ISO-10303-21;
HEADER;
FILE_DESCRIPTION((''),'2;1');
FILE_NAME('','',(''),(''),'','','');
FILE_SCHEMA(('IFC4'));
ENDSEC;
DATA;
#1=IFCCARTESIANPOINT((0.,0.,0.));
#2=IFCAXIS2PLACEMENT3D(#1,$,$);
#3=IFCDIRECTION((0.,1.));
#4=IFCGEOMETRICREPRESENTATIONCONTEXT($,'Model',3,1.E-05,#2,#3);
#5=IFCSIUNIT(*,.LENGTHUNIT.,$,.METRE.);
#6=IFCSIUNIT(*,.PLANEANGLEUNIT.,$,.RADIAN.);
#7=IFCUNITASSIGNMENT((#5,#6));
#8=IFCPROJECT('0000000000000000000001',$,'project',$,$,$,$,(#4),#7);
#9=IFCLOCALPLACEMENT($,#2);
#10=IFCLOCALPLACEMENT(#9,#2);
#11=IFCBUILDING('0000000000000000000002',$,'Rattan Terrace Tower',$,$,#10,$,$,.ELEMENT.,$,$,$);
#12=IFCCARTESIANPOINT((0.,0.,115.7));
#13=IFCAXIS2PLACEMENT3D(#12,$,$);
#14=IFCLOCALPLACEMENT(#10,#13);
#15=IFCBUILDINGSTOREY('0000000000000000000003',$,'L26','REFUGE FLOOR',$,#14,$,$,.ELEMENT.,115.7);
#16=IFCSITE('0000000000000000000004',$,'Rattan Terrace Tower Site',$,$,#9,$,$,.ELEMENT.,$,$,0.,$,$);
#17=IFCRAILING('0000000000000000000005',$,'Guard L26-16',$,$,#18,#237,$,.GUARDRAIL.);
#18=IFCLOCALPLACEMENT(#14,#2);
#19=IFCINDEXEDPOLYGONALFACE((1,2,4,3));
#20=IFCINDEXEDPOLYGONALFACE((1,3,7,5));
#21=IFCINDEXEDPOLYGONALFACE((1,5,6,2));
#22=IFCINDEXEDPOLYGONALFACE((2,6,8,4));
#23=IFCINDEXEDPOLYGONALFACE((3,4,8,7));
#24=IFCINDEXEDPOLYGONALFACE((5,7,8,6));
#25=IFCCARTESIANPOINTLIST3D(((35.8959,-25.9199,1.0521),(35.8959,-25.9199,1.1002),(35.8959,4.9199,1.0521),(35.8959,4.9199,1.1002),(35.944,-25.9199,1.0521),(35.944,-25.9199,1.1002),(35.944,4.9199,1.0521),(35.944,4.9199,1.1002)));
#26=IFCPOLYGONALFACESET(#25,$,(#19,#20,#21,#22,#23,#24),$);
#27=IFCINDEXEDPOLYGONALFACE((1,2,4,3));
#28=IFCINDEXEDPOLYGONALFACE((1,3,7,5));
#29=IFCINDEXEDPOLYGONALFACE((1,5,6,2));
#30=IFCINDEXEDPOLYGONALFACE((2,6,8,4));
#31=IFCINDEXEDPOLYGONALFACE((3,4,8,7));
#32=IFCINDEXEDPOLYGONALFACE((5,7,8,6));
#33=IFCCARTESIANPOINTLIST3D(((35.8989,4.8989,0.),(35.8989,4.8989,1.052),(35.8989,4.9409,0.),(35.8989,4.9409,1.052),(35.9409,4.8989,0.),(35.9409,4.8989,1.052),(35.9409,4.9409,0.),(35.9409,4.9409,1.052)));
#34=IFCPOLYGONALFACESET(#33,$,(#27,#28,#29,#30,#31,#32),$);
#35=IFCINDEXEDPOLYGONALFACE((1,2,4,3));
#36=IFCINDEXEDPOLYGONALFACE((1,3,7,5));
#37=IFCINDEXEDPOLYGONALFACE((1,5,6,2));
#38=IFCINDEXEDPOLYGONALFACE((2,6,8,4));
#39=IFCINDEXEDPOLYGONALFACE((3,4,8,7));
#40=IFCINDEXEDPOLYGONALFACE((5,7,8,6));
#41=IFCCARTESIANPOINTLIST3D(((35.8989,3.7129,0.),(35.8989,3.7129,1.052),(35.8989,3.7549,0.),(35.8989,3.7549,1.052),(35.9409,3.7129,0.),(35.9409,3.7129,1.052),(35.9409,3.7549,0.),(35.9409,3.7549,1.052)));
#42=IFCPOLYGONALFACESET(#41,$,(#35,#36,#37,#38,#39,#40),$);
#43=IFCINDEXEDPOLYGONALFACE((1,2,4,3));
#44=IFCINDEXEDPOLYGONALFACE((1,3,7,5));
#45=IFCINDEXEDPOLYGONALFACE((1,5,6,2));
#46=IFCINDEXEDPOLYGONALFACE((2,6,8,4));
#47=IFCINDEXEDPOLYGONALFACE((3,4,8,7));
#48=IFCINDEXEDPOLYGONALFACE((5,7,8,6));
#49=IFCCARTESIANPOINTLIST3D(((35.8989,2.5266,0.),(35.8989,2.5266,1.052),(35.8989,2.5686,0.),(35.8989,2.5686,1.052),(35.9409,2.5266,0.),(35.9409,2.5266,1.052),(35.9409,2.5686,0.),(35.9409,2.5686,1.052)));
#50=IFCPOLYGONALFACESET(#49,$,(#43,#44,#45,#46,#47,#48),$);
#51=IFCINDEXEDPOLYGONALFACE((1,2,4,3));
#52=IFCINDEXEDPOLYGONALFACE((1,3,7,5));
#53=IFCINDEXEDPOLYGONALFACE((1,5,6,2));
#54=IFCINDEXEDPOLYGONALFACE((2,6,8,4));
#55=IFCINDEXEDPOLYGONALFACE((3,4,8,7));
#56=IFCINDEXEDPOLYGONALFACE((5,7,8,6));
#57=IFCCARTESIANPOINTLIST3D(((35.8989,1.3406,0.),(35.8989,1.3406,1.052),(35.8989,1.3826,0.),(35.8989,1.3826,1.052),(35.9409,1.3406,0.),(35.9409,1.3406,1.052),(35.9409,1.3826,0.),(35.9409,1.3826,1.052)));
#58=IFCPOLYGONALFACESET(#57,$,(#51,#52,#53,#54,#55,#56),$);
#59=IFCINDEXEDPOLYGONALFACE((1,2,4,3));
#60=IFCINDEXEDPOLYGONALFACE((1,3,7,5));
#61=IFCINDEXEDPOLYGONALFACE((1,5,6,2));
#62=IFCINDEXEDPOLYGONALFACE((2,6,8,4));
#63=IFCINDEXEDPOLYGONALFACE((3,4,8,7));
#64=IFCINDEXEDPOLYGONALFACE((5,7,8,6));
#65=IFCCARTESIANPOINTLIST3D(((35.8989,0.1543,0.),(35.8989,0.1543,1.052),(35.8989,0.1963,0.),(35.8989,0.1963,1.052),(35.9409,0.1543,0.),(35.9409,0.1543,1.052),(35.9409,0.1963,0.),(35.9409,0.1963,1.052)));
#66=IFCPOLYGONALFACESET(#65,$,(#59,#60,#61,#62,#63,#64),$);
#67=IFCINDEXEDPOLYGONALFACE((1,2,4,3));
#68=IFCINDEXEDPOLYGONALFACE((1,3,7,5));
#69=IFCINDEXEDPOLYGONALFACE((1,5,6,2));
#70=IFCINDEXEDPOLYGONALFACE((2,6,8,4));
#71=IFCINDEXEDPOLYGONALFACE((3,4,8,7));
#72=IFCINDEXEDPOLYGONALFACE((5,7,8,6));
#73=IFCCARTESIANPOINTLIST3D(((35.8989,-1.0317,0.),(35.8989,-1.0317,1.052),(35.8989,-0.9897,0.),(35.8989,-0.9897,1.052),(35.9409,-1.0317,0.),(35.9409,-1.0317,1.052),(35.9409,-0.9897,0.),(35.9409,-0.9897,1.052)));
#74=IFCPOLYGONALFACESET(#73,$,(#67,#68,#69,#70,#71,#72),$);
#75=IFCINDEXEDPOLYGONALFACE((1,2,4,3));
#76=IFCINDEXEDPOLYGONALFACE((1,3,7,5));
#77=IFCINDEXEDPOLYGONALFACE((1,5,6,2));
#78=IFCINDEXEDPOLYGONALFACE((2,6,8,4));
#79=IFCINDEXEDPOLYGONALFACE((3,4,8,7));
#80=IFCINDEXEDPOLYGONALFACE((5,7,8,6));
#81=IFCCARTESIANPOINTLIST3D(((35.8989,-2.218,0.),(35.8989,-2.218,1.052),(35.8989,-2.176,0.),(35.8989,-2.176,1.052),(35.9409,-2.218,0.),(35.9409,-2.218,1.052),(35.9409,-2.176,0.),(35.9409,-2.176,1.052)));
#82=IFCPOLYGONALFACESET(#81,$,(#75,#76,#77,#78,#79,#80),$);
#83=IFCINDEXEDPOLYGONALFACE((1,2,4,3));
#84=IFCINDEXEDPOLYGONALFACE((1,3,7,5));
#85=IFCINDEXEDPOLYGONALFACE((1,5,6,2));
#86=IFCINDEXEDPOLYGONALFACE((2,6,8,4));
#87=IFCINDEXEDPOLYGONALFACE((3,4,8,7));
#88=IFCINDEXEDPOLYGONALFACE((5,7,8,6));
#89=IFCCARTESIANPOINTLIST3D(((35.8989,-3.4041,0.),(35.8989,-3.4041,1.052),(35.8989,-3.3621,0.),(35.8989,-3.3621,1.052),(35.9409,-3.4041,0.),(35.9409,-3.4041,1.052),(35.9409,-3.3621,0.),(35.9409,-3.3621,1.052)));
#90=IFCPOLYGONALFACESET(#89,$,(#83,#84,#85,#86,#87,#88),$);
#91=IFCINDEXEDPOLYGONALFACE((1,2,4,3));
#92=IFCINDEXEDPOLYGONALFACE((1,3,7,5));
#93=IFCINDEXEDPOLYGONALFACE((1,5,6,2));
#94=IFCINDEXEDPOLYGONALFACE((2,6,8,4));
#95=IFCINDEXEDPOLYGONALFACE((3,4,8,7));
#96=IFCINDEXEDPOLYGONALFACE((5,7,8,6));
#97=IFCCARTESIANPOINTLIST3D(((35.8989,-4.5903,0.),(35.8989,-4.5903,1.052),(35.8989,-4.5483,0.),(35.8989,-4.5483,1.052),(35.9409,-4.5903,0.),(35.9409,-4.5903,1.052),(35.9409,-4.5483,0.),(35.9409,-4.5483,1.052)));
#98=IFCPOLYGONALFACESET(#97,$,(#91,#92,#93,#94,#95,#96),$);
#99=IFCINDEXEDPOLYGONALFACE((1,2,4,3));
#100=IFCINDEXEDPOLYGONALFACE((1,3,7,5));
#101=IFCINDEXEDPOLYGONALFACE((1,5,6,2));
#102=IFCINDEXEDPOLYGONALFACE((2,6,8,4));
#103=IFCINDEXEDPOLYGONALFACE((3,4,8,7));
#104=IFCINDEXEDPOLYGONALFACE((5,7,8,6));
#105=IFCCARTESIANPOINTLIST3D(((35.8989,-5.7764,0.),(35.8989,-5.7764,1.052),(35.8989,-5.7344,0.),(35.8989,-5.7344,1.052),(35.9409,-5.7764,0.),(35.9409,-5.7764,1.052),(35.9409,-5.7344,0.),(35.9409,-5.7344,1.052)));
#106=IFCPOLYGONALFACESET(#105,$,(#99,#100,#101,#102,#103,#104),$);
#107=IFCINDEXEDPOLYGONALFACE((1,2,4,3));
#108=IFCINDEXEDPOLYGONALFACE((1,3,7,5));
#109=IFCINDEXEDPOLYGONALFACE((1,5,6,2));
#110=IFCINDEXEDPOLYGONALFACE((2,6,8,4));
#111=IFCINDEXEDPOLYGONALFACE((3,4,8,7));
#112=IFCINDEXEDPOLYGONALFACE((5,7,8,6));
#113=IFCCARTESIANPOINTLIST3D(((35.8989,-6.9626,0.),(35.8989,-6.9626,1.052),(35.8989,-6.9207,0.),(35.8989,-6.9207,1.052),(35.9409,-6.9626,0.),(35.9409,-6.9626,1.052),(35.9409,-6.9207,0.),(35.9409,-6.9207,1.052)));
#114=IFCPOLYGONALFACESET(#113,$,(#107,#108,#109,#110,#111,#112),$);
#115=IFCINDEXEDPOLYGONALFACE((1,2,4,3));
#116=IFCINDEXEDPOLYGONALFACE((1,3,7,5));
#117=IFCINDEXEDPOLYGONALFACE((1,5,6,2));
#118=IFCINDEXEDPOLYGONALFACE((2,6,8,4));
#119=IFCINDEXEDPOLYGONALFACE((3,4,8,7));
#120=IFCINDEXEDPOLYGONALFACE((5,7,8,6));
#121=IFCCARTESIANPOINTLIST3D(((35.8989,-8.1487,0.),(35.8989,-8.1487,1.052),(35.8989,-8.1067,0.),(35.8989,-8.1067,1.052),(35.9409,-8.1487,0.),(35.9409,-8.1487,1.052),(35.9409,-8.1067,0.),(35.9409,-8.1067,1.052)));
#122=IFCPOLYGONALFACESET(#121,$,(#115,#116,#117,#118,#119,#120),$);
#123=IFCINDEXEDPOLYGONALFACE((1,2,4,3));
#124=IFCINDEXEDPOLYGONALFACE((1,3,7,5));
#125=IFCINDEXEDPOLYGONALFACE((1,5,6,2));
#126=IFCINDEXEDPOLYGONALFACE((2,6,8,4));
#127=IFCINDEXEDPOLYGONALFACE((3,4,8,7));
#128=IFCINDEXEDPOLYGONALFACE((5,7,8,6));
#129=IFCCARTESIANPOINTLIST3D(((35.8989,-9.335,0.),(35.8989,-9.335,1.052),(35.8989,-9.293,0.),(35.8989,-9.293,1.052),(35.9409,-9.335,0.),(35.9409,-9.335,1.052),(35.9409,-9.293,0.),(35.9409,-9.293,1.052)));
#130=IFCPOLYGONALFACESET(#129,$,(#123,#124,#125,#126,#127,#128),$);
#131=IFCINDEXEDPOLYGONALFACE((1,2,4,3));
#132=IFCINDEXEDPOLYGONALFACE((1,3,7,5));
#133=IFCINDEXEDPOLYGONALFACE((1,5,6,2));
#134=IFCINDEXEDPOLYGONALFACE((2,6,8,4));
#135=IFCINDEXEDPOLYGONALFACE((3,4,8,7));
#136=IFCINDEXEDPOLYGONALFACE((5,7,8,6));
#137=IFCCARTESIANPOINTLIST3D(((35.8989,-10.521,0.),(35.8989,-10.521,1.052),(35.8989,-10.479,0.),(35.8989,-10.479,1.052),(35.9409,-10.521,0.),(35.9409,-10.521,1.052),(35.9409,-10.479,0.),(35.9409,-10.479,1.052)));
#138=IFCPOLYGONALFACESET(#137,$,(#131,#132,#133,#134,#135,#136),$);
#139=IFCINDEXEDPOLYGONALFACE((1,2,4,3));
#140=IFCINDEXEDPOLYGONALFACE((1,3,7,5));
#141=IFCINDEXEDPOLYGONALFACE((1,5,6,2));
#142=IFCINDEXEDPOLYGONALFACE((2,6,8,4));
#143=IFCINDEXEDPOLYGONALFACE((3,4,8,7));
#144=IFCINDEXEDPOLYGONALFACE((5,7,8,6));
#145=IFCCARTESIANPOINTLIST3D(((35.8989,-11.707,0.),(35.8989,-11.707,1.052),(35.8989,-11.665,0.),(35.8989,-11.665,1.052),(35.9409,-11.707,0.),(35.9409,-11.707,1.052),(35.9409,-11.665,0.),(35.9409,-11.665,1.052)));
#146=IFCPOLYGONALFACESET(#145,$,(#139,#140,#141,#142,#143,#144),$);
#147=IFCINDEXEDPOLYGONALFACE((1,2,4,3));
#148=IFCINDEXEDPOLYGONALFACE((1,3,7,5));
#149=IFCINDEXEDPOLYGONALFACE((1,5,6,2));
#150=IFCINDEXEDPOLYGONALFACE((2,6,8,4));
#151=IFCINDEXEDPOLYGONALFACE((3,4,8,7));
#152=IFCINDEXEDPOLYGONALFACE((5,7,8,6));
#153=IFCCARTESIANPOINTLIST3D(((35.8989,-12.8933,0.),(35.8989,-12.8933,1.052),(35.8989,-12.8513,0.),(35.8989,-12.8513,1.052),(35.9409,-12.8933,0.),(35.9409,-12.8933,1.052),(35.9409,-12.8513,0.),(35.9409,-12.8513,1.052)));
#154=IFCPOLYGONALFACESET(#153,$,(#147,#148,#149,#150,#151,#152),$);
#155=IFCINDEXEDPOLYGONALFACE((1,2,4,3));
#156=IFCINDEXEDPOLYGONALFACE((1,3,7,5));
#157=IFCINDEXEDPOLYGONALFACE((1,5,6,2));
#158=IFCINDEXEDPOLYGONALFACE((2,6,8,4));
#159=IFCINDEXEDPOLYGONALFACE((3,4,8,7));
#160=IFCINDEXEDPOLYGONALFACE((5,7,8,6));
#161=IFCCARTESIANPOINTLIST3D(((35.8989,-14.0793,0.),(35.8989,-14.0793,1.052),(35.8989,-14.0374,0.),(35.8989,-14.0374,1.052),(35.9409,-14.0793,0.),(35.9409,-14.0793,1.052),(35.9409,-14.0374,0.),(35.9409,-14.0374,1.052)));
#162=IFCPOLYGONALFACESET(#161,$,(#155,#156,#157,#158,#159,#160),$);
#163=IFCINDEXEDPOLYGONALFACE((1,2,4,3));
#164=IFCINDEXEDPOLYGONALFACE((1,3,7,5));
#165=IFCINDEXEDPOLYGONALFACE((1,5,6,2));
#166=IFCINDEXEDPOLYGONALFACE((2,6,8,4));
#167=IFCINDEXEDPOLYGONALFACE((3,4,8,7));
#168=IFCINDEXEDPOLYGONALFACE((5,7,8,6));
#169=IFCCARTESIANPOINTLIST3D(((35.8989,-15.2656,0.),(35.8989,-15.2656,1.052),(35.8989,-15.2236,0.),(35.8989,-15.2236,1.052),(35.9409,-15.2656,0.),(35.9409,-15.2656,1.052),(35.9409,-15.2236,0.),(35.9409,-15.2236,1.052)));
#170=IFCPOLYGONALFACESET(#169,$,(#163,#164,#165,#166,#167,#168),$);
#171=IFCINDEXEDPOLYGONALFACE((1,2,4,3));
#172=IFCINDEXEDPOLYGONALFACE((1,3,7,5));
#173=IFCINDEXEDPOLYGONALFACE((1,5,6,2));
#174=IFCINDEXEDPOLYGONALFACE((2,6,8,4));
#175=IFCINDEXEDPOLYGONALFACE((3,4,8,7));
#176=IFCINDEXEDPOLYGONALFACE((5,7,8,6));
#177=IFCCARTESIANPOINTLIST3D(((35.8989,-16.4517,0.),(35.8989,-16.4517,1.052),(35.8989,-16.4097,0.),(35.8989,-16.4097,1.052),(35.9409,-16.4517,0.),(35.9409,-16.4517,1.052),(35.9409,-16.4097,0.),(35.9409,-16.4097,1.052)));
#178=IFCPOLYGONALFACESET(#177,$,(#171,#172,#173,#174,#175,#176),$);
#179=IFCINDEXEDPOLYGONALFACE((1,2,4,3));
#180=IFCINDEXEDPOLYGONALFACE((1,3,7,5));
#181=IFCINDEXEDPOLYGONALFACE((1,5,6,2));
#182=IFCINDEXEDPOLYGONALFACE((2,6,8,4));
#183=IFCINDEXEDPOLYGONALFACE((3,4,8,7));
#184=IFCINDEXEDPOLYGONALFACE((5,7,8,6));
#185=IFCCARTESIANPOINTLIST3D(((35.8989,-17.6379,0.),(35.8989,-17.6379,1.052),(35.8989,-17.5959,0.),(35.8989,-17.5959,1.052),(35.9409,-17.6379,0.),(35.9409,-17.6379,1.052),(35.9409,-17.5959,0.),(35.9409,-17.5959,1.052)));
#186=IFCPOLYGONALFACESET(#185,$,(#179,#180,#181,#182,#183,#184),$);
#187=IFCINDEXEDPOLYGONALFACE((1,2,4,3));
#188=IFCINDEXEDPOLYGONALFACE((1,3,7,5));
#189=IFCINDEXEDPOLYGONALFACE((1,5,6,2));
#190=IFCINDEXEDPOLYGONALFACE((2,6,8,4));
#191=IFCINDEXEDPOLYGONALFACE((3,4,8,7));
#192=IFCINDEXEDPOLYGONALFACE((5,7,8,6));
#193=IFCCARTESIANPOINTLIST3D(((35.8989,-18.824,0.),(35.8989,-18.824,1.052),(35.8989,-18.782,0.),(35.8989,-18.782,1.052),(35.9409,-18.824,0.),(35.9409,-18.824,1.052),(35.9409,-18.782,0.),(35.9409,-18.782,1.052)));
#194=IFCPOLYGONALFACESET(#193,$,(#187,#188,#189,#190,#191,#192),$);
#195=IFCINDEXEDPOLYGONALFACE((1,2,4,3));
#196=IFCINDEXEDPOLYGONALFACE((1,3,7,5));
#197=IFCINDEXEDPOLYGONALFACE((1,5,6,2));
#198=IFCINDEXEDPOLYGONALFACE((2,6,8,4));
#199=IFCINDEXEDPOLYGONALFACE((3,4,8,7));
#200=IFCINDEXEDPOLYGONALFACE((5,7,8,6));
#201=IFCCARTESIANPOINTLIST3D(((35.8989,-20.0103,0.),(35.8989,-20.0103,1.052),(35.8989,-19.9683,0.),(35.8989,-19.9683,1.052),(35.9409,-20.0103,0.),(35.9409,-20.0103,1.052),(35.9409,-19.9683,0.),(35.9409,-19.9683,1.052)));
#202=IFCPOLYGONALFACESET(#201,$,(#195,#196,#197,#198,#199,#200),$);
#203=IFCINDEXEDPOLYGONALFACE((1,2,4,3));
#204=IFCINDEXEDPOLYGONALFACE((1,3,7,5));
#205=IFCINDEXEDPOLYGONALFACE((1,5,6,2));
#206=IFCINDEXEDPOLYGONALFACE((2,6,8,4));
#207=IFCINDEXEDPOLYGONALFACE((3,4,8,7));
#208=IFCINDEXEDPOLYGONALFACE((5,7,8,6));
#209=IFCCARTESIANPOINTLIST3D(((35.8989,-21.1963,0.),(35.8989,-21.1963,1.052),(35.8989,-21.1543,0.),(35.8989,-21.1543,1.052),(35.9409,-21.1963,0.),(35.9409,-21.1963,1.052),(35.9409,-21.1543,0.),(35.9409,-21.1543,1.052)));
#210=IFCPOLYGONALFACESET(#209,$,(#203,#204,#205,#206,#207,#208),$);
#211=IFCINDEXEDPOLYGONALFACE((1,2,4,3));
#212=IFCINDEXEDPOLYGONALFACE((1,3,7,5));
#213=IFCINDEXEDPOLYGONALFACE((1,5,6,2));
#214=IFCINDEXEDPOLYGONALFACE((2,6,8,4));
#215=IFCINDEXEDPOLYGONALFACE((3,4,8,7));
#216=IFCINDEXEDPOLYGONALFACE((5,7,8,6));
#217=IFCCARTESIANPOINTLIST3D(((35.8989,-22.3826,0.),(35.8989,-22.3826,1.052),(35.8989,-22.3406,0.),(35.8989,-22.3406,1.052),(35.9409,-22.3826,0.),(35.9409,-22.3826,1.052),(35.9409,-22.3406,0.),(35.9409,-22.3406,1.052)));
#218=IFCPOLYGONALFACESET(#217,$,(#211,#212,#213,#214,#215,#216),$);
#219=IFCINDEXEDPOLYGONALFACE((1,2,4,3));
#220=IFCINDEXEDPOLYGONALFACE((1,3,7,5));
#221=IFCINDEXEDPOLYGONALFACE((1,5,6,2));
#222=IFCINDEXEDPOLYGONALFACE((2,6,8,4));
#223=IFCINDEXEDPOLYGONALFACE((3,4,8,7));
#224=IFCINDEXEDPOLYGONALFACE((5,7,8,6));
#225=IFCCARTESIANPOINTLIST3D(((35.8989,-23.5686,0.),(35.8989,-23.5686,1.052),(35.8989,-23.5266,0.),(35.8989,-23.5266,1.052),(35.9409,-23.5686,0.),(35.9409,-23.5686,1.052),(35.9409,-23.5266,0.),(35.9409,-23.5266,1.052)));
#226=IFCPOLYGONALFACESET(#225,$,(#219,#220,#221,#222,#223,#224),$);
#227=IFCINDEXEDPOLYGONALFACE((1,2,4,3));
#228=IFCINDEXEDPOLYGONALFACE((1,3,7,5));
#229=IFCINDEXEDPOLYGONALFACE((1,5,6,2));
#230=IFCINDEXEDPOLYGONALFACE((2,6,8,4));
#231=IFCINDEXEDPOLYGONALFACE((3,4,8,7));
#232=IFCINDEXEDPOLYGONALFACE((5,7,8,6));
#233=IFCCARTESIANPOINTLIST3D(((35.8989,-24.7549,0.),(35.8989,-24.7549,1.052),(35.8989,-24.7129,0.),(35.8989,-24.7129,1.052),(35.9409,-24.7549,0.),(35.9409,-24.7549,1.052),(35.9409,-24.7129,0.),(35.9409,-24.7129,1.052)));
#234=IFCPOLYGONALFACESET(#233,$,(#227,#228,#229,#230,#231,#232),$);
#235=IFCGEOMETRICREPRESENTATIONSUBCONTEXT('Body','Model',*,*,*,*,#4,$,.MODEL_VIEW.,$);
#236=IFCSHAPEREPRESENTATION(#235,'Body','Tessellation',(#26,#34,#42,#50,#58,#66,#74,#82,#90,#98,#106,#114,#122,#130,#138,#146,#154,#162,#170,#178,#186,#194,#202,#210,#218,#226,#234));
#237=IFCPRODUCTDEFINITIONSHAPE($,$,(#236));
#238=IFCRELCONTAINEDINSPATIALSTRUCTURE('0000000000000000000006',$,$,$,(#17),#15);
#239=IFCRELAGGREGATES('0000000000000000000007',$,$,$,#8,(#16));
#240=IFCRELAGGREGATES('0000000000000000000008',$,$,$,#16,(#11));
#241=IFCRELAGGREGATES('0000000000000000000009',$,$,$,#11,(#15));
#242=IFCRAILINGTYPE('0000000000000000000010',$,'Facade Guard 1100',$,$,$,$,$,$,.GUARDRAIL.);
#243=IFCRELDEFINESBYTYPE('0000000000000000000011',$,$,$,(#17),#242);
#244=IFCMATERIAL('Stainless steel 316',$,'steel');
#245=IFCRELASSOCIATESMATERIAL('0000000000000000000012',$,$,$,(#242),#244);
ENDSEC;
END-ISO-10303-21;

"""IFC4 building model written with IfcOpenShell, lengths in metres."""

from ifc_helpers import new_model, si_unit, direction, frame, origin, origin_2d, place, context, subcontext, project, spatial, rectangle, extrude, material, type_object, element, save


model = new_model("IFC4")

# Units and contexts
model_context = context("Model", 3, precision=1e-05, world=origin(), true_north=direction((0.0, 1.0)))
body_context = subcontext(model_context, "Body", "Model", "MODEL_VIEW")
ifc_project = project(units=[si_unit("LENGTHUNIT", "METRE"), si_unit("PLANEANGLEUNIT", "RADIAN")], contexts=[model_context])

# Site, building, storey
site_placement = place(None, origin())
site = spatial("IfcSite", under=ifc_project, at=site_placement, Name="Rattan Terrace Tower Site", CompositionType="ELEMENT", RefElevation=0.0)
building_placement = place(site_placement, origin())
building = spatial("IfcBuilding", under=site, at=building_placement, Name="Rattan Terrace Tower", CompositionType="ELEMENT")
storey_placement = place(building_placement, frame((0.0, 0.0, 115.7)))
storey = spatial("IfcBuildingStorey", under=building, at=storey_placement, Name="L26", Description="REFUGE FLOOR", CompositionType="ELEMENT", Elevation=115.7)

# Railing
ifc_material_1 = material(Name="Stainless steel 316", Category="steel")
railing_type_1 = type_object("IfcRailingType", Name="Facade Guard 1100", PredefinedType="GUARDRAIL", material=ifc_material_1)
railing_1_placement = place(storey_placement, frame((35.9199, 4.9199, 0.0)))
element("IfcRailing", 1, at=railing_1_placement, inside=storey, type_object=railing_type_1, Name="Guard L26-16", PredefinedType="GUARDRAIL", context=body_context, shape_type="SweptSolid", body=[
    extrude(rectangle(XDim=0.0481, YDim=0.0481, at=origin_2d()), frame((0.0, 0.0, 1.0762), z_axis=(0.0, -1.0, 0.0), x_axis=(1.0, 0.0, 0.0)), (0.0, 0.0, 1.0), 30.8398),
    extrude(rectangle(XDim=0.042, YDim=0.042, at=origin_2d()), origin(), (0.0, 0.0, 1.0), 1.052),
    extrude(rectangle(XDim=0.042, YDim=0.042, at=origin_2d()), frame((0.0, -1.186, 0.0)), (0.0, 0.0, 1.0), 1.052),
    extrude(rectangle(XDim=0.042, YDim=0.042, at=origin_2d()), frame((0.0, -2.3723, 0.0)), (0.0, 0.0, 1.0), 1.052),
    extrude(rectangle(XDim=0.042, YDim=0.042, at=origin_2d()), frame((0.0, -3.5583, 0.0)), (0.0, 0.0, 1.0), 1.052),
    extrude(rectangle(XDim=0.042, YDim=0.042, at=origin_2d()), frame((0.0, -4.7446, 0.0)), (0.0, 0.0, 1.0), 1.052),
    extrude(rectangle(XDim=0.042, YDim=0.042, at=origin_2d()), frame((0.0, -5.9307, 0.0)), (0.0, 0.0, 1.0), 1.052),
    extrude(rectangle(XDim=0.042, YDim=0.042, at=origin_2d()), frame((0.0, -7.1169, 0.0)), (0.0, 0.0, 1.0), 1.052),
    extrude(rectangle(XDim=0.042, YDim=0.042, at=origin_2d()), frame((0.0, -8.303, 0.0)), (0.0, 0.0, 1.0), 1.052),
    extrude(rectangle(XDim=0.042, YDim=0.042, at=origin_2d()), frame((0.0, -9.4893, 0.0)), (0.0, 0.0, 1.0), 1.052),
    extrude(rectangle(XDim=0.042, YDim=0.042, at=origin_2d()), frame((0.0, -10.6753, 0.0)), (0.0, 0.0, 1.0), 1.052),
    extrude(rectangle(XDim=0.042, YDim=0.042, at=origin_2d()), frame((0.0, -11.8616, 0.0)), (0.0, 0.0, 1.0), 1.052),
    extrude(rectangle(XDim=0.042, YDim=0.042, at=origin_2d()), frame((0.0, -13.0476, 0.0)), (0.0, 0.0, 1.0), 1.052),
    extrude(rectangle(XDim=0.042, YDim=0.042, at=origin_2d()), frame((0.0, -14.2339, 0.0)), (0.0, 0.0, 1.0), 1.052),
    extrude(rectangle(XDim=0.042, YDim=0.042, at=origin_2d()), frame((0.0, -15.4199, 0.0)), (0.0, 0.0, 1.0), 1.052),
    extrude(rectangle(XDim=0.042, YDim=0.042, at=origin_2d()), frame((0.0, -16.606, 0.0)), (0.0, 0.0, 1.0), 1.052),
    extrude(rectangle(XDim=0.042, YDim=0.042, at=origin_2d()), frame((0.0, -17.7922, 0.0)), (0.0, 0.0, 1.0), 1.052),
    extrude(rectangle(XDim=0.042, YDim=0.042, at=origin_2d()), frame((0.0, -18.9783, 0.0)), (0.0, 0.0, 1.0), 1.052),
    extrude(rectangle(XDim=0.042, YDim=0.042, at=origin_2d()), frame((0.0, -20.1646, 0.0)), (0.0, 0.0, 1.0), 1.052),
    extrude(rectangle(XDim=0.042, YDim=0.042, at=origin_2d()), frame((0.0, -21.3506, 0.0)), (0.0, 0.0, 1.0), 1.052),
    extrude(rectangle(XDim=0.042, YDim=0.042, at=origin_2d()), frame((0.0, -22.5369, 0.0)), (0.0, 0.0, 1.0), 1.052),
    extrude(rectangle(XDim=0.042, YDim=0.042, at=origin_2d()), frame((0.0, -23.7229, 0.0)), (0.0, 0.0, 1.0), 1.052),
    extrude(rectangle(XDim=0.042, YDim=0.042, at=origin_2d()), frame((0.0, -24.9092, 0.0)), (0.0, 0.0, 1.0), 1.052),
    extrude(rectangle(XDim=0.042, YDim=0.042, at=origin_2d()), frame((0.0, -26.0952, 0.0)), (0.0, 0.0, 1.0), 1.052),
    extrude(rectangle(XDim=0.042, YDim=0.042, at=origin_2d()), frame((0.0, -27.2815, 0.0)), (0.0, 0.0, 1.0), 1.052),
    extrude(rectangle(XDim=0.042, YDim=0.042, at=origin_2d()), frame((0.0, -28.4675, 0.0)), (0.0, 0.0, 1.0), 1.052),
    extrude(rectangle(XDim=0.042, YDim=0.042, at=origin_2d()), frame((0.0, -29.6538, 0.0)), (0.0, 0.0, 1.0), 1.052),
])

save(model, "model.ifc")
